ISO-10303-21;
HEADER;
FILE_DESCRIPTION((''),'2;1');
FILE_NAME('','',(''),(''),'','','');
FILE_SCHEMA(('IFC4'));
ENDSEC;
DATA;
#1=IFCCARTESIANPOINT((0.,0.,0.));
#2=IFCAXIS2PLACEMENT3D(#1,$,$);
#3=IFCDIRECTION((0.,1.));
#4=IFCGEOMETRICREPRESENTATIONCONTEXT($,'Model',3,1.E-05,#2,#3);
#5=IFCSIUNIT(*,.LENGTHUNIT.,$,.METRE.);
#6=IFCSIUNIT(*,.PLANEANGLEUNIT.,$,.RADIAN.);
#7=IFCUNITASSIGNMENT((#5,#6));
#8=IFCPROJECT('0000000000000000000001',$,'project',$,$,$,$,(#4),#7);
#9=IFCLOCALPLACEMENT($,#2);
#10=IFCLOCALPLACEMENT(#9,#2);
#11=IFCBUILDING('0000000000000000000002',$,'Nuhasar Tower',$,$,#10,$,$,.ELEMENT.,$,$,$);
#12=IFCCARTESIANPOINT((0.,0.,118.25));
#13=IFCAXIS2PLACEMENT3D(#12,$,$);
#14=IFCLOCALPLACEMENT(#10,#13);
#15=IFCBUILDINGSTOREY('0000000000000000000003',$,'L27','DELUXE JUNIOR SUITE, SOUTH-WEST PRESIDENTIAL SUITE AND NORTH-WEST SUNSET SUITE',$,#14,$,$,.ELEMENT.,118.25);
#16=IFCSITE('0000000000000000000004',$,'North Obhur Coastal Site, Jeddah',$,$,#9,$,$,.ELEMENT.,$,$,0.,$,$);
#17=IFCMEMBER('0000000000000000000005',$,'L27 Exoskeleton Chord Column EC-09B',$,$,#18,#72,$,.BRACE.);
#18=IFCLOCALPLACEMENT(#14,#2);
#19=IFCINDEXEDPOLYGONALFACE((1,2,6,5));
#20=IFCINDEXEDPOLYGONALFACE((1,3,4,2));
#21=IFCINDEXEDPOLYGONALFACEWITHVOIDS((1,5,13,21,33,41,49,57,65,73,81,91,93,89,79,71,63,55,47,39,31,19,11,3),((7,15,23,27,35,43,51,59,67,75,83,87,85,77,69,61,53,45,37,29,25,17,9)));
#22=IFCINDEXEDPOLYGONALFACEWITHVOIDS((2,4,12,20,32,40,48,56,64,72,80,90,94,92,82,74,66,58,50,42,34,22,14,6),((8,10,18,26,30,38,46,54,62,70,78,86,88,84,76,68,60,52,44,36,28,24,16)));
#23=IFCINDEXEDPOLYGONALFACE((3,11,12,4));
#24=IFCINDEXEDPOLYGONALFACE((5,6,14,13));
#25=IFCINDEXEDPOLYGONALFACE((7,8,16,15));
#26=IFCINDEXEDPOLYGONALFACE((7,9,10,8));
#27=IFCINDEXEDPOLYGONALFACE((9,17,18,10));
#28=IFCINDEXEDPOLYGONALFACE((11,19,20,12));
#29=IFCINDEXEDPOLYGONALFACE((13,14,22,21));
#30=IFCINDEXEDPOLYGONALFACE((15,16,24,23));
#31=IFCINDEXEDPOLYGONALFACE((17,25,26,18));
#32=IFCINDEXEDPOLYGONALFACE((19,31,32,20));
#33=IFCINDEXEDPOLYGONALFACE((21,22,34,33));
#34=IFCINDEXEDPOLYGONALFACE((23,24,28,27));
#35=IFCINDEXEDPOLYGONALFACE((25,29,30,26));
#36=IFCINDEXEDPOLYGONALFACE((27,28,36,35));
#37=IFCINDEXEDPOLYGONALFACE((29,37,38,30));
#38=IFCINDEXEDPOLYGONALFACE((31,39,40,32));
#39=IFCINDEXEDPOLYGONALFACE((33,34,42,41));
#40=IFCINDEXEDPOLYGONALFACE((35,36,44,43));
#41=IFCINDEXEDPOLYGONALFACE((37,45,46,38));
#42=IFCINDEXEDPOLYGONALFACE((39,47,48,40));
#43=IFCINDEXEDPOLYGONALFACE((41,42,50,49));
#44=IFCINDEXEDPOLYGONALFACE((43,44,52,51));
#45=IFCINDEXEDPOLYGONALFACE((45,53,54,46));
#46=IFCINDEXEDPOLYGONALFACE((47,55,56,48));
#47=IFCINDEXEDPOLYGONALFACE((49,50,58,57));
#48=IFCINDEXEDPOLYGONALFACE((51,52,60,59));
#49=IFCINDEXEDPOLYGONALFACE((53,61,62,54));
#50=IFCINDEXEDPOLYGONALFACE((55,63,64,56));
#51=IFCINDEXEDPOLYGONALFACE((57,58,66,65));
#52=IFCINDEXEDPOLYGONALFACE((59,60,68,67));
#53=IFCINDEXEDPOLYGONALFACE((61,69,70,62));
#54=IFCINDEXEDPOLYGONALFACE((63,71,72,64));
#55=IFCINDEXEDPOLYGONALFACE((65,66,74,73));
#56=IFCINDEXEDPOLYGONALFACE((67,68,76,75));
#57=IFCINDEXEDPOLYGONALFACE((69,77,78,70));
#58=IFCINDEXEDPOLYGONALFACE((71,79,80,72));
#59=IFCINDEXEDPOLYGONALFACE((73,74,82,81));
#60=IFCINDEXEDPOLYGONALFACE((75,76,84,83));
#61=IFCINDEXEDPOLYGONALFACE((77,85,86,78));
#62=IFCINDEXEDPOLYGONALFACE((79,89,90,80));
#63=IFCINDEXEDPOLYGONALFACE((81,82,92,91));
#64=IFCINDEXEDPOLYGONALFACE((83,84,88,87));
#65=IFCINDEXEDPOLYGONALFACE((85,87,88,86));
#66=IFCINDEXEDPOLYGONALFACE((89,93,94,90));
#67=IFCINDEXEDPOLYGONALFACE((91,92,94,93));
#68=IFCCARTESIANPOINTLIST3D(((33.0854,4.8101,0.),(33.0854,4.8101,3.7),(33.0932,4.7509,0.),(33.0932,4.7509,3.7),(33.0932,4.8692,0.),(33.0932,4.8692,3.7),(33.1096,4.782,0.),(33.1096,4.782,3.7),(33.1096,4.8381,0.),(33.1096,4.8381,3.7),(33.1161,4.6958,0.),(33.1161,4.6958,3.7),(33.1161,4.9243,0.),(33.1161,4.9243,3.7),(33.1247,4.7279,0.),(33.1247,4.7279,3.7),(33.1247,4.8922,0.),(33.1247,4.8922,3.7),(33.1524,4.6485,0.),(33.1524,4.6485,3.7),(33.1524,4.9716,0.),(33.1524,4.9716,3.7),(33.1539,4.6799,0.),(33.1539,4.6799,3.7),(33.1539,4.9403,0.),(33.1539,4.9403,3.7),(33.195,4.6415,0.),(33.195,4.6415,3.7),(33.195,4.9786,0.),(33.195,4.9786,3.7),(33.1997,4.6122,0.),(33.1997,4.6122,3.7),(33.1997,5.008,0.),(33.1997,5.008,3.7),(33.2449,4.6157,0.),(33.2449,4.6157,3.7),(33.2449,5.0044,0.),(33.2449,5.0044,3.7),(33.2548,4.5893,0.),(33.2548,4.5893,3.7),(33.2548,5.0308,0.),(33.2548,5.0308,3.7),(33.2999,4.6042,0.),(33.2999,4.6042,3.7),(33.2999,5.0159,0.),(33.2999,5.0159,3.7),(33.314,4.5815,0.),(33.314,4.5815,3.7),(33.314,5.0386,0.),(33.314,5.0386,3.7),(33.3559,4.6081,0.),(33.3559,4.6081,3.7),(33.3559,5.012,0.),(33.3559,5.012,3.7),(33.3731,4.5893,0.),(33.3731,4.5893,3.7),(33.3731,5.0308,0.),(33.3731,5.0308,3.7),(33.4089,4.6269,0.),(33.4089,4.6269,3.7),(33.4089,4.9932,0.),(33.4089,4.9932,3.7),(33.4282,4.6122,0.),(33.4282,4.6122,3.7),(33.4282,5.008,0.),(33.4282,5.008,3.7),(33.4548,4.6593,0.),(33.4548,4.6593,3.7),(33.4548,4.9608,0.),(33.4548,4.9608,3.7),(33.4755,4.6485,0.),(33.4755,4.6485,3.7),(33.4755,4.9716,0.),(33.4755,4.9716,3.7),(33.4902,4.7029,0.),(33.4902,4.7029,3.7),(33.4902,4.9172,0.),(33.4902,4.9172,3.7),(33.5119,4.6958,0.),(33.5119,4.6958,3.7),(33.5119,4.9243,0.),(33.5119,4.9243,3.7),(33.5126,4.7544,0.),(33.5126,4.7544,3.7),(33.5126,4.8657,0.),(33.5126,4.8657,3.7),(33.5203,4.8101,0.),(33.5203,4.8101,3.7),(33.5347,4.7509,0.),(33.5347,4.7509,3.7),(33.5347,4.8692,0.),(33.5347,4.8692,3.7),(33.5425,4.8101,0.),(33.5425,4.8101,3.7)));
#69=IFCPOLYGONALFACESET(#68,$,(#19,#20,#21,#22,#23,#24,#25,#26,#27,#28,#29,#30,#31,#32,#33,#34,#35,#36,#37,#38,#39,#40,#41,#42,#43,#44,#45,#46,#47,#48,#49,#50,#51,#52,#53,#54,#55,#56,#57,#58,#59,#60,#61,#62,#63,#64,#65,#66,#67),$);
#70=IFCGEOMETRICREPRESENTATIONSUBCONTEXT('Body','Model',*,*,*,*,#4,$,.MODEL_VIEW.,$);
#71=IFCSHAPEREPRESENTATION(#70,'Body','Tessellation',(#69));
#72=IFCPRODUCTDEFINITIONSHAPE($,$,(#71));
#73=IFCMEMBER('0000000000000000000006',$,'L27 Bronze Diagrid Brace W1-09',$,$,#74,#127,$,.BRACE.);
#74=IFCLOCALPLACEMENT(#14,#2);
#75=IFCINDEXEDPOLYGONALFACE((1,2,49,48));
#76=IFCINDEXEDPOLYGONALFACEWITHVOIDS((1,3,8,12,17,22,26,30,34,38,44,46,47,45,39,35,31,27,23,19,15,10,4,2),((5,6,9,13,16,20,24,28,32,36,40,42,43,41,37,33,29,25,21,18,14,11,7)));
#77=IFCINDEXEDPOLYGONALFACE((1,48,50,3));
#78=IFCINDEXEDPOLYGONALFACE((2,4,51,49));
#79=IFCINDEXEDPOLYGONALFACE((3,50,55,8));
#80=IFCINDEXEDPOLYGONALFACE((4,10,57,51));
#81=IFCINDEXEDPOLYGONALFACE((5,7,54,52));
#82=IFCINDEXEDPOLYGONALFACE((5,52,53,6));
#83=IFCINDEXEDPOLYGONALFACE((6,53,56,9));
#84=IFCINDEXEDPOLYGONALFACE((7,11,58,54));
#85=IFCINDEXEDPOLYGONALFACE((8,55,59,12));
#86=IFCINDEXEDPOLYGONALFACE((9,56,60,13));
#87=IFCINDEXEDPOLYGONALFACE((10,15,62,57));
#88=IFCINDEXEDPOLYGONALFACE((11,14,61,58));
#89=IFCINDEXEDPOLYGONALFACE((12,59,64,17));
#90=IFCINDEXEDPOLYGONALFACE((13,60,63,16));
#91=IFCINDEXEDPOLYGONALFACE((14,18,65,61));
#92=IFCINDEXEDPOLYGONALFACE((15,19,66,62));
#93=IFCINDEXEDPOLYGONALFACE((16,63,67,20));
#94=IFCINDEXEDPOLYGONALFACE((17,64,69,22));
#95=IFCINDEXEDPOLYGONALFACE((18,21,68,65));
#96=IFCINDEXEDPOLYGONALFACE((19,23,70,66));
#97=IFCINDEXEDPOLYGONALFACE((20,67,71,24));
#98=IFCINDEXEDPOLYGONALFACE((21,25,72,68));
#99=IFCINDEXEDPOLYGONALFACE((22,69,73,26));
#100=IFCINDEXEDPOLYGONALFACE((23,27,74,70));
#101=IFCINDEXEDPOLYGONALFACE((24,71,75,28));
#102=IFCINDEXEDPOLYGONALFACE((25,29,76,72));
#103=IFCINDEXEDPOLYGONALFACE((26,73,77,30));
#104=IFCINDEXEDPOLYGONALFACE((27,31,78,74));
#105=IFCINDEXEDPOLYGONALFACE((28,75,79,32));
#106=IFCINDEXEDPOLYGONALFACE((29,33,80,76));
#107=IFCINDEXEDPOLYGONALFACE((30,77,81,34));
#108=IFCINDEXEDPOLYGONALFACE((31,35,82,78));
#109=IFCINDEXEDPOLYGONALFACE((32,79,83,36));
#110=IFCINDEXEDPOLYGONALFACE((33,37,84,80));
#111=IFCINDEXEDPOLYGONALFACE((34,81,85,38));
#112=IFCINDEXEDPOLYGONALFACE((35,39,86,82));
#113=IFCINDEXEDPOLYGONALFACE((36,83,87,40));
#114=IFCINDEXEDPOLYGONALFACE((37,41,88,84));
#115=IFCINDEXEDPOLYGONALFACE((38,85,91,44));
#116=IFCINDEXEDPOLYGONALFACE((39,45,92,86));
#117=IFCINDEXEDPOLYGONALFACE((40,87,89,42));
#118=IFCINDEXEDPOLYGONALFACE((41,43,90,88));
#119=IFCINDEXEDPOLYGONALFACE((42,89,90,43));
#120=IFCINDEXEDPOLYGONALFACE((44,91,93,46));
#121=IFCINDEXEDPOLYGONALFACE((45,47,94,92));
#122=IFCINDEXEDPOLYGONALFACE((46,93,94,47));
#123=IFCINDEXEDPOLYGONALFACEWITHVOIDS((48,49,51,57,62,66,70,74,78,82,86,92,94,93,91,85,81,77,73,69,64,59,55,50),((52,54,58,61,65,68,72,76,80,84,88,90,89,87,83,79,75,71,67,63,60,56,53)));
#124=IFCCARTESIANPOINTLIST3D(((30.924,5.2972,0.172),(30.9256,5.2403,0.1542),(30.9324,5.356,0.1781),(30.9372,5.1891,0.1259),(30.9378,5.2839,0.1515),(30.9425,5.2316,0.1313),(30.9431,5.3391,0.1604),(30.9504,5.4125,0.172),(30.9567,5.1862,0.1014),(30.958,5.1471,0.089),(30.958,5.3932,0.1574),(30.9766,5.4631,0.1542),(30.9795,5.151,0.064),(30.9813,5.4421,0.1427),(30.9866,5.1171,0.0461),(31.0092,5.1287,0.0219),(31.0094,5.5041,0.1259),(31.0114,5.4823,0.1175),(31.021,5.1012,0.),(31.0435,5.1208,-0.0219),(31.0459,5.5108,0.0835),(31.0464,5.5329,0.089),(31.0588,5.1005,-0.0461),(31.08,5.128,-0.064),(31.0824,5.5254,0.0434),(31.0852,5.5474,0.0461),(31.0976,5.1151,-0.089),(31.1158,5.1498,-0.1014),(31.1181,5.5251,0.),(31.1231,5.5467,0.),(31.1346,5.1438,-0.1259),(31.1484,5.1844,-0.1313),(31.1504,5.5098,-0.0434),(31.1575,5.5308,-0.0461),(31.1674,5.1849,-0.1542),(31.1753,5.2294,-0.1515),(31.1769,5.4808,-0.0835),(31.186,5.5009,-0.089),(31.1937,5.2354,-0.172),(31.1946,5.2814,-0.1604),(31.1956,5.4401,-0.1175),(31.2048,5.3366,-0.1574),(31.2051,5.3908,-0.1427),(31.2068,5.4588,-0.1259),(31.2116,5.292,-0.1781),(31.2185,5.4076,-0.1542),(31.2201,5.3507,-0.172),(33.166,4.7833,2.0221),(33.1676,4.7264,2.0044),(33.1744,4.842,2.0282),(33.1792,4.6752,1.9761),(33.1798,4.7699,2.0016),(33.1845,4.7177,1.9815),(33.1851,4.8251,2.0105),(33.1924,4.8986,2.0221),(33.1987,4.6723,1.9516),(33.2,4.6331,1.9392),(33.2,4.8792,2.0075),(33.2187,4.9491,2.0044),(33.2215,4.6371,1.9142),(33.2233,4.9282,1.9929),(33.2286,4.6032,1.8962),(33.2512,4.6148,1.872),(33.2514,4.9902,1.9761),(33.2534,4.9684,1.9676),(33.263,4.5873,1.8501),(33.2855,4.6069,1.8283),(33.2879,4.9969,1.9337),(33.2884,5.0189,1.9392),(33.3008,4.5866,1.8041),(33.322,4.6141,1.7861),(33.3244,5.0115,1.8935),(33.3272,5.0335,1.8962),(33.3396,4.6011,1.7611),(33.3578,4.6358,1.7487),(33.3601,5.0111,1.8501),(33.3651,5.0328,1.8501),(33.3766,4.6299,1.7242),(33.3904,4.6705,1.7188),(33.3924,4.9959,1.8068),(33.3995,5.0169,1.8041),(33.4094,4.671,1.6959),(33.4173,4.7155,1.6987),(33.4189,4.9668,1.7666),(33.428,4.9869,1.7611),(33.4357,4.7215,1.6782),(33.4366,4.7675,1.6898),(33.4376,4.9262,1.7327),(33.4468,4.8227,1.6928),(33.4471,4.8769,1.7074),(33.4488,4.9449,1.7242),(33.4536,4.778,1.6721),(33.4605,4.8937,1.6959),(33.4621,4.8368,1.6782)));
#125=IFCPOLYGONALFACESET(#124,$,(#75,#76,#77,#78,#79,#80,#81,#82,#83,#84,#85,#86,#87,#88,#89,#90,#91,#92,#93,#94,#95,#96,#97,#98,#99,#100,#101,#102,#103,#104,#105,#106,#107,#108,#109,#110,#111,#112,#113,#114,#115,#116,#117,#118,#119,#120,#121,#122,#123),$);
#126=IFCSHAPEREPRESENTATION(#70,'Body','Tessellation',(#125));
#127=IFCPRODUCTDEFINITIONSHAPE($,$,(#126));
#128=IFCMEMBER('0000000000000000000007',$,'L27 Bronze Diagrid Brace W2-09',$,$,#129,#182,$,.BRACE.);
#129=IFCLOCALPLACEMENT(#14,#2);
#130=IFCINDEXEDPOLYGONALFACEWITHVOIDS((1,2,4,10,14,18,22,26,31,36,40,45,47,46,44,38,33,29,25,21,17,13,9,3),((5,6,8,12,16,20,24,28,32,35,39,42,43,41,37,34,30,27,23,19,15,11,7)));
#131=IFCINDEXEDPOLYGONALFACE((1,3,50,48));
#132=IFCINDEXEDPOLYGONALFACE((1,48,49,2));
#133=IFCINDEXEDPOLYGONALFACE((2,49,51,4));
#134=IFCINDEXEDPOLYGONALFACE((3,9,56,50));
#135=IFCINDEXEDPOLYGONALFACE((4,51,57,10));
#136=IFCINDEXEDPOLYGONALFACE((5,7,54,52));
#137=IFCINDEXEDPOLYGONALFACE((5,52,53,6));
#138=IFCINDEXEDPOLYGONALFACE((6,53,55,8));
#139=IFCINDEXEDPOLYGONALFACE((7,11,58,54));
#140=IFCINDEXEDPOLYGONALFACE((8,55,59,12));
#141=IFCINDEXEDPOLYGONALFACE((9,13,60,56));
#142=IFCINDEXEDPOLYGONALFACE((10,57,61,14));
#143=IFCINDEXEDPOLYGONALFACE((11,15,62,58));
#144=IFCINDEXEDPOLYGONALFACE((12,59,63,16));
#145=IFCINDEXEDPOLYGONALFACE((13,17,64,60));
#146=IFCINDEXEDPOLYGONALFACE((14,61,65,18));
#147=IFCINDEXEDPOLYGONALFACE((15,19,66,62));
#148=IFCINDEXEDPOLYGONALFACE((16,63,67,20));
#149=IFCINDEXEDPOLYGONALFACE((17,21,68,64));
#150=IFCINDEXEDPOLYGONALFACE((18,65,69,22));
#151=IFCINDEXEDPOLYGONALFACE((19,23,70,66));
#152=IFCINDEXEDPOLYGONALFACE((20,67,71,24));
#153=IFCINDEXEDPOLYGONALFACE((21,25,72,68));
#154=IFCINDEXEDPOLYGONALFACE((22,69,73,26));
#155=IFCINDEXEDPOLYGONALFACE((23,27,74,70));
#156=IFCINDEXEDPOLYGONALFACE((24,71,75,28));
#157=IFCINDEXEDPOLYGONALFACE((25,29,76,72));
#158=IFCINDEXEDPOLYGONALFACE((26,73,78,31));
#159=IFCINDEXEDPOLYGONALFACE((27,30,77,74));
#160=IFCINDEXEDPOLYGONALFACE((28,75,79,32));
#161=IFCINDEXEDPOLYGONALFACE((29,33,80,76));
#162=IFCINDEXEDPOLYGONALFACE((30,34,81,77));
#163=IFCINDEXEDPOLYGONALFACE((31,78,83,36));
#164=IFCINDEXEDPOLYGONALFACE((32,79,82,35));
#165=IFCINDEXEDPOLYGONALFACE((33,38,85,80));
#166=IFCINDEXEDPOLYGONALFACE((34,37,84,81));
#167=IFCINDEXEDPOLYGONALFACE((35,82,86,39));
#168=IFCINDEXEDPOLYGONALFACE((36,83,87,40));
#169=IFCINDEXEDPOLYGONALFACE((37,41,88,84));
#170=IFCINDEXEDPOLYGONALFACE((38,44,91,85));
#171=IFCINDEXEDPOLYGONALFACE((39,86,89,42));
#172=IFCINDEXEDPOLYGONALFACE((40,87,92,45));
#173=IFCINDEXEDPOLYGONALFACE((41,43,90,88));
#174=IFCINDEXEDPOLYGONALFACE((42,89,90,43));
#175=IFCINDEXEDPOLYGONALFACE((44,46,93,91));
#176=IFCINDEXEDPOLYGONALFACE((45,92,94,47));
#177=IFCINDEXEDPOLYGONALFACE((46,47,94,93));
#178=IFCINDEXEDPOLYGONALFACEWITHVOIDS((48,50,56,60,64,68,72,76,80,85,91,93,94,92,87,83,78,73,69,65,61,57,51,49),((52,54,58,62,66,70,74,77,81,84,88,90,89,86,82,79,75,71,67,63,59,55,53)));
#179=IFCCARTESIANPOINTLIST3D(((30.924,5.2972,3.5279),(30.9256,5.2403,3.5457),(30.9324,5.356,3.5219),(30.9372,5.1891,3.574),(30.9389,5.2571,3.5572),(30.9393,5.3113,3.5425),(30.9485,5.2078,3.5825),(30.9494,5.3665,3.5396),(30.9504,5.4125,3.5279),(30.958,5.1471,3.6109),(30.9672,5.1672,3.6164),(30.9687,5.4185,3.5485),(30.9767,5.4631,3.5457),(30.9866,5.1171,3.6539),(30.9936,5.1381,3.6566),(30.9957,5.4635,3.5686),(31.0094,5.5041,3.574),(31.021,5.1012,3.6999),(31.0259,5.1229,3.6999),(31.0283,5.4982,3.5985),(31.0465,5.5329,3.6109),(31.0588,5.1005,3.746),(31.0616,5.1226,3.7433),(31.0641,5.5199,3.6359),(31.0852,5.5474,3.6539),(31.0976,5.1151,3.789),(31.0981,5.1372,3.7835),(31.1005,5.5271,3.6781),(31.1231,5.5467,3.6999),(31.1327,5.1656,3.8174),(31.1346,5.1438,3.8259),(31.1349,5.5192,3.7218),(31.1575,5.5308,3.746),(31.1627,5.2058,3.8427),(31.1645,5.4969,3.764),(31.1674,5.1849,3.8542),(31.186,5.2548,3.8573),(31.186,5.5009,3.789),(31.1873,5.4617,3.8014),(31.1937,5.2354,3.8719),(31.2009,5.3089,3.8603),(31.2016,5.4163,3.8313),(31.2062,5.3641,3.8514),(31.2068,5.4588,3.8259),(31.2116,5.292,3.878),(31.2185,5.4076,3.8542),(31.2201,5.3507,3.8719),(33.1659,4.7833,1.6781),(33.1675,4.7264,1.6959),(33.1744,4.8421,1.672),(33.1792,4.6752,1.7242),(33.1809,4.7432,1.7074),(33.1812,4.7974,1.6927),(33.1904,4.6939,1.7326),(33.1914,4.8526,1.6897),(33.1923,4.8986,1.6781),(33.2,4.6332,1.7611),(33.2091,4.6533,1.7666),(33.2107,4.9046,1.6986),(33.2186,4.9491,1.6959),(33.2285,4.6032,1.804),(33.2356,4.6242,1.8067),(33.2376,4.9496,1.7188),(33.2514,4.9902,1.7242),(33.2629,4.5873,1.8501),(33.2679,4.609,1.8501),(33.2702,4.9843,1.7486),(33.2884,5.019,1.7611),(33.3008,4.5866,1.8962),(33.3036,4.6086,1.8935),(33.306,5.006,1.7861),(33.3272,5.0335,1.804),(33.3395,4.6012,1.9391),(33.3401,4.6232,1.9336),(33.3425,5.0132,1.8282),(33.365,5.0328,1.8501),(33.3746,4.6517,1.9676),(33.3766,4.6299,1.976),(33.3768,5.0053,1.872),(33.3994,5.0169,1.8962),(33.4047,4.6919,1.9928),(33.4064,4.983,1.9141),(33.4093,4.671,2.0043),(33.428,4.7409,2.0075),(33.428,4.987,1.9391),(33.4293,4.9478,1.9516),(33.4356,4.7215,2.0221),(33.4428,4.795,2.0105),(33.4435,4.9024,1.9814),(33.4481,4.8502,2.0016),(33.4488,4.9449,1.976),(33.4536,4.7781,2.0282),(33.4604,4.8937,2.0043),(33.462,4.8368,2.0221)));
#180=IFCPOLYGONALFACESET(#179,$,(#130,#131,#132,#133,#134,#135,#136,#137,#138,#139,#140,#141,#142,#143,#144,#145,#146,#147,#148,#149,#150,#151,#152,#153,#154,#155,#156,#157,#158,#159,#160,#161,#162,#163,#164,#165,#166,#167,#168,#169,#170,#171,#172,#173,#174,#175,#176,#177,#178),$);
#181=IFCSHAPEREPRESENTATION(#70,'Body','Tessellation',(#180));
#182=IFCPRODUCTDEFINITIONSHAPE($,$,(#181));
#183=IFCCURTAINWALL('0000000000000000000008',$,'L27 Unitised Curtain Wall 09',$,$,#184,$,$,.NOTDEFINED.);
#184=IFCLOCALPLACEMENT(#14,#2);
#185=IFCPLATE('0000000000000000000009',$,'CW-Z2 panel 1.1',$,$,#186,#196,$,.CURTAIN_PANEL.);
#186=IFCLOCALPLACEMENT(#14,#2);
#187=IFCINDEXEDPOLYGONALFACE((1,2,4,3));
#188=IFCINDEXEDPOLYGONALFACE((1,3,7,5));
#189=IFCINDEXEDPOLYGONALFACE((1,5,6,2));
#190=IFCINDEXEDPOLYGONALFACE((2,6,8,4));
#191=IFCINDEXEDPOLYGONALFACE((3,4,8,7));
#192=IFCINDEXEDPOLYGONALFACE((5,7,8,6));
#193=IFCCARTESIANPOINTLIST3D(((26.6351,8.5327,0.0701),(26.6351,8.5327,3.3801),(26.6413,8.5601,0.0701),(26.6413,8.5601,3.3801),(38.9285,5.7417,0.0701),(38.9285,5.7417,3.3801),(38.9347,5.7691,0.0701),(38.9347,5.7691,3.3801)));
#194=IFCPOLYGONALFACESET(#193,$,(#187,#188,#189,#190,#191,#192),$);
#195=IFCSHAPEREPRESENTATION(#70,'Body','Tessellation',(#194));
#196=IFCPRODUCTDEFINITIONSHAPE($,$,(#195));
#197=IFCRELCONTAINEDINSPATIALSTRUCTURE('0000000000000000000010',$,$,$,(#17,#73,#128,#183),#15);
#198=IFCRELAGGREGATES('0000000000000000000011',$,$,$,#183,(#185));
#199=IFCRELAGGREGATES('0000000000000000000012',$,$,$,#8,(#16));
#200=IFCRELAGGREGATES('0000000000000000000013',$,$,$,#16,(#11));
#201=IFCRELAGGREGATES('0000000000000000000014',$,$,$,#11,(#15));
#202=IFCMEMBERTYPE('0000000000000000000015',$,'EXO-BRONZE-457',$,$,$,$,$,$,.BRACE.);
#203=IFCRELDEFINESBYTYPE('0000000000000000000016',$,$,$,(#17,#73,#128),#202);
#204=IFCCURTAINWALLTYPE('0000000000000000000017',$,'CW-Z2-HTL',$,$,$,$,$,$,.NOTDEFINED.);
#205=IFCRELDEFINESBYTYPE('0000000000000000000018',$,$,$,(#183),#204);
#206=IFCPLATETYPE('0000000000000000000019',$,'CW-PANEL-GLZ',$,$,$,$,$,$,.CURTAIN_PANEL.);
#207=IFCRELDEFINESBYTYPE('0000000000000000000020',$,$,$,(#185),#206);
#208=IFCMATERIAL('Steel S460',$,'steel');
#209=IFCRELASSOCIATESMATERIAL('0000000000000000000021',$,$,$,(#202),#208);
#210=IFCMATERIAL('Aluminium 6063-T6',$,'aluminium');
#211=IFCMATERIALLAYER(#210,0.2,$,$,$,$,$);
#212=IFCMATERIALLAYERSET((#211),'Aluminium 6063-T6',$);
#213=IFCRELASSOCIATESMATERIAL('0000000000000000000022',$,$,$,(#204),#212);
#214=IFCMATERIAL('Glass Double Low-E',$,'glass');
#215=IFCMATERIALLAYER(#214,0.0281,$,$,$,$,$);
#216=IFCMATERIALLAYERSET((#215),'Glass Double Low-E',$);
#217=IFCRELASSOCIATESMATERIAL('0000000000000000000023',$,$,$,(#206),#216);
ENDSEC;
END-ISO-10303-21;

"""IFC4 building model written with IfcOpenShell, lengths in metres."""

from ifc_helpers import new_model, si_unit, direction, frame, origin, origin_2d, place, context, subcontext, project, spatial, rectangle, hollow_circle, extrude, material, layer, layer_set, material_profile, profile_set, type_object, element, aggregate, save


model = new_model("IFC4")

# Units and contexts
model_context = context("Model", 3, precision=1e-05, world=origin(), true_north=direction((0.0, 1.0)))
body_context = subcontext(model_context, "Body", "Model", "MODEL_VIEW")
ifc_project = project(units=[si_unit("LENGTHUNIT", "METRE"), si_unit("PLANEANGLEUNIT", "RADIAN")], contexts=[model_context])

# Site, building, storey
site_placement = place(None, origin())
site = spatial("IfcSite", under=ifc_project, at=site_placement, Name="North Obhur Coastal Site, Jeddah", CompositionType="ELEMENT", RefElevation=0.0)
building_placement = place(site_placement, origin())
building = spatial("IfcBuilding", under=site, at=building_placement, Name="Nuhasar Tower", CompositionType="ELEMENT")
storey_placement = place(building_placement, frame((0.0, 0.0, 118.25)))
storey = spatial("IfcBuildingStorey", under=building, at=storey_placement, Name="L27", Description="DELUXE JUNIOR SUITE, SOUTH-WEST PRESIDENTIAL SUITE AND NORTH-WEST SUNSET SUITE", CompositionType="ELEMENT", Elevation=118.25)

# Members
ifc_material_1 = material(Name="Steel S460", Category="steel")
ifc_material_profile_1 = material_profile(ifc_material_1, hollow_circle(Radius=0.2285, WallThickness=0.0222, at=origin_2d()), Name="HSS457X22.2")
ifc_profile_set_1 = profile_set([ifc_material_profile_1], Name="Steel S460")
member_type = type_object("IfcMemberType", Name="EXO-BRONZE-457", PredefinedType="BRACE", material=ifc_profile_set_1)
for number, where, z_axis, x_axis, name in (
    (1, (33.314, 4.8101, 0.0), (0.0, 0.0, 1.0), (1.0, 0.0, 0.0), "L27 Exoskeleton Chord Column EC-09B"),
):
    element("IfcMember", number, at=place(storey_placement, frame(where, z_axis=z_axis, x_axis=x_axis)), inside=storey, type_object=member_type, Name=name, PredefinedType="BRACE", context=body_context, shape_type="SweptSolid", body=[
        extrude(hollow_circle(Radius=0.2285, WallThickness=0.0222, at=origin_2d()), origin(), (0.0, 0.0, 1.0), 3.7),
    ])
member_1_placement = place(storey_placement, frame((31.072, 5.324, 0.0), z_axis=(0.75951, -0.174101, 0.626764), x_axis=(0.223433, 0.974719, 0.0)))
element("IfcMember", 2, at=member_1_placement, inside=storey, type_object=member_type, Name="L27 Bronze Diagrid Brace W1-09", PredefinedType="BRACE", context=body_context, shape_type="SweptSolid", body=[
    extrude(hollow_circle(Radius=0.2285, WallThickness=0.0222, at=origin_2d()), origin(), (0.0, 0.0, 1.0), 2.9519),
])
member_2_placement = place(storey_placement, frame((33.314, 4.8101, 1.8501), z_axis=(-0.75955, 0.17411, 0.626713), x_axis=(-0.223433, -0.974719, 0.0)))
element("IfcMember", 3, at=member_2_placement, inside=storey, type_object=member_type, Name="L27 Bronze Diagrid Brace W2-09", PredefinedType="BRACE", context=body_context, shape_type="SweptSolid", body=[
    extrude(hollow_circle(Radius=0.2285, WallThickness=0.0222, at=origin_2d()), origin(), (0.0, 0.0, 1.0), 2.9517),
])

# Curtain wall, plate
ifc_material_2 = material(Name="Aluminium 6063-T6", Category="aluminium")
ifc_layer_1 = layer(ifc_material_2, 0.2)
ifc_layer_set_1 = layer_set([ifc_layer_1], Name="Aluminium 6063-T6")
curtain_wall_type = type_object("IfcCurtainWallType", Name="CW-Z2-HTL", PredefinedType="NOTDEFINED", material=ifc_layer_set_1)
curtain_wall_placement = place(storey_placement, origin())
curtain_wall = element("IfcCurtainWall", 4, at=curtain_wall_placement, inside=storey, type_object=curtain_wall_type, Name="L27 Unitised Curtain Wall 09", PredefinedType="NOTDEFINED")
ifc_material_3 = material(Name="Glass Double Low-E", Category="glass")
ifc_layer_2 = layer(ifc_material_3, 0.0281)
ifc_layer_set_2 = layer_set([ifc_layer_2], Name="Glass Double Low-E")
plate_type = type_object("IfcPlateType", Name="CW-PANEL-GLZ", PredefinedType="CURTAIN_PANEL", material=ifc_layer_set_2)
plate_placement = place(storey_placement, frame((32.7849, 7.1509, 0.0701), z_axis=(0.0, 0.0, 1.0), x_axis=(0.975184, -0.221397, 0.0)))
plate = element("IfcPlate", 5, at=plate_placement, type_object=plate_type, Name="CW-Z2 panel 1.1", PredefinedType="CURTAIN_PANEL", context=body_context, shape_type="SweptSolid", body=[
    extrude(rectangle(XDim=12.6062, YDim=0.0281, at=origin_2d()), origin(), (0.0, 0.0, 1.0), 3.3101),
])
aggregate(curtain_wall, [plate])

save(model, "model.ifc")
